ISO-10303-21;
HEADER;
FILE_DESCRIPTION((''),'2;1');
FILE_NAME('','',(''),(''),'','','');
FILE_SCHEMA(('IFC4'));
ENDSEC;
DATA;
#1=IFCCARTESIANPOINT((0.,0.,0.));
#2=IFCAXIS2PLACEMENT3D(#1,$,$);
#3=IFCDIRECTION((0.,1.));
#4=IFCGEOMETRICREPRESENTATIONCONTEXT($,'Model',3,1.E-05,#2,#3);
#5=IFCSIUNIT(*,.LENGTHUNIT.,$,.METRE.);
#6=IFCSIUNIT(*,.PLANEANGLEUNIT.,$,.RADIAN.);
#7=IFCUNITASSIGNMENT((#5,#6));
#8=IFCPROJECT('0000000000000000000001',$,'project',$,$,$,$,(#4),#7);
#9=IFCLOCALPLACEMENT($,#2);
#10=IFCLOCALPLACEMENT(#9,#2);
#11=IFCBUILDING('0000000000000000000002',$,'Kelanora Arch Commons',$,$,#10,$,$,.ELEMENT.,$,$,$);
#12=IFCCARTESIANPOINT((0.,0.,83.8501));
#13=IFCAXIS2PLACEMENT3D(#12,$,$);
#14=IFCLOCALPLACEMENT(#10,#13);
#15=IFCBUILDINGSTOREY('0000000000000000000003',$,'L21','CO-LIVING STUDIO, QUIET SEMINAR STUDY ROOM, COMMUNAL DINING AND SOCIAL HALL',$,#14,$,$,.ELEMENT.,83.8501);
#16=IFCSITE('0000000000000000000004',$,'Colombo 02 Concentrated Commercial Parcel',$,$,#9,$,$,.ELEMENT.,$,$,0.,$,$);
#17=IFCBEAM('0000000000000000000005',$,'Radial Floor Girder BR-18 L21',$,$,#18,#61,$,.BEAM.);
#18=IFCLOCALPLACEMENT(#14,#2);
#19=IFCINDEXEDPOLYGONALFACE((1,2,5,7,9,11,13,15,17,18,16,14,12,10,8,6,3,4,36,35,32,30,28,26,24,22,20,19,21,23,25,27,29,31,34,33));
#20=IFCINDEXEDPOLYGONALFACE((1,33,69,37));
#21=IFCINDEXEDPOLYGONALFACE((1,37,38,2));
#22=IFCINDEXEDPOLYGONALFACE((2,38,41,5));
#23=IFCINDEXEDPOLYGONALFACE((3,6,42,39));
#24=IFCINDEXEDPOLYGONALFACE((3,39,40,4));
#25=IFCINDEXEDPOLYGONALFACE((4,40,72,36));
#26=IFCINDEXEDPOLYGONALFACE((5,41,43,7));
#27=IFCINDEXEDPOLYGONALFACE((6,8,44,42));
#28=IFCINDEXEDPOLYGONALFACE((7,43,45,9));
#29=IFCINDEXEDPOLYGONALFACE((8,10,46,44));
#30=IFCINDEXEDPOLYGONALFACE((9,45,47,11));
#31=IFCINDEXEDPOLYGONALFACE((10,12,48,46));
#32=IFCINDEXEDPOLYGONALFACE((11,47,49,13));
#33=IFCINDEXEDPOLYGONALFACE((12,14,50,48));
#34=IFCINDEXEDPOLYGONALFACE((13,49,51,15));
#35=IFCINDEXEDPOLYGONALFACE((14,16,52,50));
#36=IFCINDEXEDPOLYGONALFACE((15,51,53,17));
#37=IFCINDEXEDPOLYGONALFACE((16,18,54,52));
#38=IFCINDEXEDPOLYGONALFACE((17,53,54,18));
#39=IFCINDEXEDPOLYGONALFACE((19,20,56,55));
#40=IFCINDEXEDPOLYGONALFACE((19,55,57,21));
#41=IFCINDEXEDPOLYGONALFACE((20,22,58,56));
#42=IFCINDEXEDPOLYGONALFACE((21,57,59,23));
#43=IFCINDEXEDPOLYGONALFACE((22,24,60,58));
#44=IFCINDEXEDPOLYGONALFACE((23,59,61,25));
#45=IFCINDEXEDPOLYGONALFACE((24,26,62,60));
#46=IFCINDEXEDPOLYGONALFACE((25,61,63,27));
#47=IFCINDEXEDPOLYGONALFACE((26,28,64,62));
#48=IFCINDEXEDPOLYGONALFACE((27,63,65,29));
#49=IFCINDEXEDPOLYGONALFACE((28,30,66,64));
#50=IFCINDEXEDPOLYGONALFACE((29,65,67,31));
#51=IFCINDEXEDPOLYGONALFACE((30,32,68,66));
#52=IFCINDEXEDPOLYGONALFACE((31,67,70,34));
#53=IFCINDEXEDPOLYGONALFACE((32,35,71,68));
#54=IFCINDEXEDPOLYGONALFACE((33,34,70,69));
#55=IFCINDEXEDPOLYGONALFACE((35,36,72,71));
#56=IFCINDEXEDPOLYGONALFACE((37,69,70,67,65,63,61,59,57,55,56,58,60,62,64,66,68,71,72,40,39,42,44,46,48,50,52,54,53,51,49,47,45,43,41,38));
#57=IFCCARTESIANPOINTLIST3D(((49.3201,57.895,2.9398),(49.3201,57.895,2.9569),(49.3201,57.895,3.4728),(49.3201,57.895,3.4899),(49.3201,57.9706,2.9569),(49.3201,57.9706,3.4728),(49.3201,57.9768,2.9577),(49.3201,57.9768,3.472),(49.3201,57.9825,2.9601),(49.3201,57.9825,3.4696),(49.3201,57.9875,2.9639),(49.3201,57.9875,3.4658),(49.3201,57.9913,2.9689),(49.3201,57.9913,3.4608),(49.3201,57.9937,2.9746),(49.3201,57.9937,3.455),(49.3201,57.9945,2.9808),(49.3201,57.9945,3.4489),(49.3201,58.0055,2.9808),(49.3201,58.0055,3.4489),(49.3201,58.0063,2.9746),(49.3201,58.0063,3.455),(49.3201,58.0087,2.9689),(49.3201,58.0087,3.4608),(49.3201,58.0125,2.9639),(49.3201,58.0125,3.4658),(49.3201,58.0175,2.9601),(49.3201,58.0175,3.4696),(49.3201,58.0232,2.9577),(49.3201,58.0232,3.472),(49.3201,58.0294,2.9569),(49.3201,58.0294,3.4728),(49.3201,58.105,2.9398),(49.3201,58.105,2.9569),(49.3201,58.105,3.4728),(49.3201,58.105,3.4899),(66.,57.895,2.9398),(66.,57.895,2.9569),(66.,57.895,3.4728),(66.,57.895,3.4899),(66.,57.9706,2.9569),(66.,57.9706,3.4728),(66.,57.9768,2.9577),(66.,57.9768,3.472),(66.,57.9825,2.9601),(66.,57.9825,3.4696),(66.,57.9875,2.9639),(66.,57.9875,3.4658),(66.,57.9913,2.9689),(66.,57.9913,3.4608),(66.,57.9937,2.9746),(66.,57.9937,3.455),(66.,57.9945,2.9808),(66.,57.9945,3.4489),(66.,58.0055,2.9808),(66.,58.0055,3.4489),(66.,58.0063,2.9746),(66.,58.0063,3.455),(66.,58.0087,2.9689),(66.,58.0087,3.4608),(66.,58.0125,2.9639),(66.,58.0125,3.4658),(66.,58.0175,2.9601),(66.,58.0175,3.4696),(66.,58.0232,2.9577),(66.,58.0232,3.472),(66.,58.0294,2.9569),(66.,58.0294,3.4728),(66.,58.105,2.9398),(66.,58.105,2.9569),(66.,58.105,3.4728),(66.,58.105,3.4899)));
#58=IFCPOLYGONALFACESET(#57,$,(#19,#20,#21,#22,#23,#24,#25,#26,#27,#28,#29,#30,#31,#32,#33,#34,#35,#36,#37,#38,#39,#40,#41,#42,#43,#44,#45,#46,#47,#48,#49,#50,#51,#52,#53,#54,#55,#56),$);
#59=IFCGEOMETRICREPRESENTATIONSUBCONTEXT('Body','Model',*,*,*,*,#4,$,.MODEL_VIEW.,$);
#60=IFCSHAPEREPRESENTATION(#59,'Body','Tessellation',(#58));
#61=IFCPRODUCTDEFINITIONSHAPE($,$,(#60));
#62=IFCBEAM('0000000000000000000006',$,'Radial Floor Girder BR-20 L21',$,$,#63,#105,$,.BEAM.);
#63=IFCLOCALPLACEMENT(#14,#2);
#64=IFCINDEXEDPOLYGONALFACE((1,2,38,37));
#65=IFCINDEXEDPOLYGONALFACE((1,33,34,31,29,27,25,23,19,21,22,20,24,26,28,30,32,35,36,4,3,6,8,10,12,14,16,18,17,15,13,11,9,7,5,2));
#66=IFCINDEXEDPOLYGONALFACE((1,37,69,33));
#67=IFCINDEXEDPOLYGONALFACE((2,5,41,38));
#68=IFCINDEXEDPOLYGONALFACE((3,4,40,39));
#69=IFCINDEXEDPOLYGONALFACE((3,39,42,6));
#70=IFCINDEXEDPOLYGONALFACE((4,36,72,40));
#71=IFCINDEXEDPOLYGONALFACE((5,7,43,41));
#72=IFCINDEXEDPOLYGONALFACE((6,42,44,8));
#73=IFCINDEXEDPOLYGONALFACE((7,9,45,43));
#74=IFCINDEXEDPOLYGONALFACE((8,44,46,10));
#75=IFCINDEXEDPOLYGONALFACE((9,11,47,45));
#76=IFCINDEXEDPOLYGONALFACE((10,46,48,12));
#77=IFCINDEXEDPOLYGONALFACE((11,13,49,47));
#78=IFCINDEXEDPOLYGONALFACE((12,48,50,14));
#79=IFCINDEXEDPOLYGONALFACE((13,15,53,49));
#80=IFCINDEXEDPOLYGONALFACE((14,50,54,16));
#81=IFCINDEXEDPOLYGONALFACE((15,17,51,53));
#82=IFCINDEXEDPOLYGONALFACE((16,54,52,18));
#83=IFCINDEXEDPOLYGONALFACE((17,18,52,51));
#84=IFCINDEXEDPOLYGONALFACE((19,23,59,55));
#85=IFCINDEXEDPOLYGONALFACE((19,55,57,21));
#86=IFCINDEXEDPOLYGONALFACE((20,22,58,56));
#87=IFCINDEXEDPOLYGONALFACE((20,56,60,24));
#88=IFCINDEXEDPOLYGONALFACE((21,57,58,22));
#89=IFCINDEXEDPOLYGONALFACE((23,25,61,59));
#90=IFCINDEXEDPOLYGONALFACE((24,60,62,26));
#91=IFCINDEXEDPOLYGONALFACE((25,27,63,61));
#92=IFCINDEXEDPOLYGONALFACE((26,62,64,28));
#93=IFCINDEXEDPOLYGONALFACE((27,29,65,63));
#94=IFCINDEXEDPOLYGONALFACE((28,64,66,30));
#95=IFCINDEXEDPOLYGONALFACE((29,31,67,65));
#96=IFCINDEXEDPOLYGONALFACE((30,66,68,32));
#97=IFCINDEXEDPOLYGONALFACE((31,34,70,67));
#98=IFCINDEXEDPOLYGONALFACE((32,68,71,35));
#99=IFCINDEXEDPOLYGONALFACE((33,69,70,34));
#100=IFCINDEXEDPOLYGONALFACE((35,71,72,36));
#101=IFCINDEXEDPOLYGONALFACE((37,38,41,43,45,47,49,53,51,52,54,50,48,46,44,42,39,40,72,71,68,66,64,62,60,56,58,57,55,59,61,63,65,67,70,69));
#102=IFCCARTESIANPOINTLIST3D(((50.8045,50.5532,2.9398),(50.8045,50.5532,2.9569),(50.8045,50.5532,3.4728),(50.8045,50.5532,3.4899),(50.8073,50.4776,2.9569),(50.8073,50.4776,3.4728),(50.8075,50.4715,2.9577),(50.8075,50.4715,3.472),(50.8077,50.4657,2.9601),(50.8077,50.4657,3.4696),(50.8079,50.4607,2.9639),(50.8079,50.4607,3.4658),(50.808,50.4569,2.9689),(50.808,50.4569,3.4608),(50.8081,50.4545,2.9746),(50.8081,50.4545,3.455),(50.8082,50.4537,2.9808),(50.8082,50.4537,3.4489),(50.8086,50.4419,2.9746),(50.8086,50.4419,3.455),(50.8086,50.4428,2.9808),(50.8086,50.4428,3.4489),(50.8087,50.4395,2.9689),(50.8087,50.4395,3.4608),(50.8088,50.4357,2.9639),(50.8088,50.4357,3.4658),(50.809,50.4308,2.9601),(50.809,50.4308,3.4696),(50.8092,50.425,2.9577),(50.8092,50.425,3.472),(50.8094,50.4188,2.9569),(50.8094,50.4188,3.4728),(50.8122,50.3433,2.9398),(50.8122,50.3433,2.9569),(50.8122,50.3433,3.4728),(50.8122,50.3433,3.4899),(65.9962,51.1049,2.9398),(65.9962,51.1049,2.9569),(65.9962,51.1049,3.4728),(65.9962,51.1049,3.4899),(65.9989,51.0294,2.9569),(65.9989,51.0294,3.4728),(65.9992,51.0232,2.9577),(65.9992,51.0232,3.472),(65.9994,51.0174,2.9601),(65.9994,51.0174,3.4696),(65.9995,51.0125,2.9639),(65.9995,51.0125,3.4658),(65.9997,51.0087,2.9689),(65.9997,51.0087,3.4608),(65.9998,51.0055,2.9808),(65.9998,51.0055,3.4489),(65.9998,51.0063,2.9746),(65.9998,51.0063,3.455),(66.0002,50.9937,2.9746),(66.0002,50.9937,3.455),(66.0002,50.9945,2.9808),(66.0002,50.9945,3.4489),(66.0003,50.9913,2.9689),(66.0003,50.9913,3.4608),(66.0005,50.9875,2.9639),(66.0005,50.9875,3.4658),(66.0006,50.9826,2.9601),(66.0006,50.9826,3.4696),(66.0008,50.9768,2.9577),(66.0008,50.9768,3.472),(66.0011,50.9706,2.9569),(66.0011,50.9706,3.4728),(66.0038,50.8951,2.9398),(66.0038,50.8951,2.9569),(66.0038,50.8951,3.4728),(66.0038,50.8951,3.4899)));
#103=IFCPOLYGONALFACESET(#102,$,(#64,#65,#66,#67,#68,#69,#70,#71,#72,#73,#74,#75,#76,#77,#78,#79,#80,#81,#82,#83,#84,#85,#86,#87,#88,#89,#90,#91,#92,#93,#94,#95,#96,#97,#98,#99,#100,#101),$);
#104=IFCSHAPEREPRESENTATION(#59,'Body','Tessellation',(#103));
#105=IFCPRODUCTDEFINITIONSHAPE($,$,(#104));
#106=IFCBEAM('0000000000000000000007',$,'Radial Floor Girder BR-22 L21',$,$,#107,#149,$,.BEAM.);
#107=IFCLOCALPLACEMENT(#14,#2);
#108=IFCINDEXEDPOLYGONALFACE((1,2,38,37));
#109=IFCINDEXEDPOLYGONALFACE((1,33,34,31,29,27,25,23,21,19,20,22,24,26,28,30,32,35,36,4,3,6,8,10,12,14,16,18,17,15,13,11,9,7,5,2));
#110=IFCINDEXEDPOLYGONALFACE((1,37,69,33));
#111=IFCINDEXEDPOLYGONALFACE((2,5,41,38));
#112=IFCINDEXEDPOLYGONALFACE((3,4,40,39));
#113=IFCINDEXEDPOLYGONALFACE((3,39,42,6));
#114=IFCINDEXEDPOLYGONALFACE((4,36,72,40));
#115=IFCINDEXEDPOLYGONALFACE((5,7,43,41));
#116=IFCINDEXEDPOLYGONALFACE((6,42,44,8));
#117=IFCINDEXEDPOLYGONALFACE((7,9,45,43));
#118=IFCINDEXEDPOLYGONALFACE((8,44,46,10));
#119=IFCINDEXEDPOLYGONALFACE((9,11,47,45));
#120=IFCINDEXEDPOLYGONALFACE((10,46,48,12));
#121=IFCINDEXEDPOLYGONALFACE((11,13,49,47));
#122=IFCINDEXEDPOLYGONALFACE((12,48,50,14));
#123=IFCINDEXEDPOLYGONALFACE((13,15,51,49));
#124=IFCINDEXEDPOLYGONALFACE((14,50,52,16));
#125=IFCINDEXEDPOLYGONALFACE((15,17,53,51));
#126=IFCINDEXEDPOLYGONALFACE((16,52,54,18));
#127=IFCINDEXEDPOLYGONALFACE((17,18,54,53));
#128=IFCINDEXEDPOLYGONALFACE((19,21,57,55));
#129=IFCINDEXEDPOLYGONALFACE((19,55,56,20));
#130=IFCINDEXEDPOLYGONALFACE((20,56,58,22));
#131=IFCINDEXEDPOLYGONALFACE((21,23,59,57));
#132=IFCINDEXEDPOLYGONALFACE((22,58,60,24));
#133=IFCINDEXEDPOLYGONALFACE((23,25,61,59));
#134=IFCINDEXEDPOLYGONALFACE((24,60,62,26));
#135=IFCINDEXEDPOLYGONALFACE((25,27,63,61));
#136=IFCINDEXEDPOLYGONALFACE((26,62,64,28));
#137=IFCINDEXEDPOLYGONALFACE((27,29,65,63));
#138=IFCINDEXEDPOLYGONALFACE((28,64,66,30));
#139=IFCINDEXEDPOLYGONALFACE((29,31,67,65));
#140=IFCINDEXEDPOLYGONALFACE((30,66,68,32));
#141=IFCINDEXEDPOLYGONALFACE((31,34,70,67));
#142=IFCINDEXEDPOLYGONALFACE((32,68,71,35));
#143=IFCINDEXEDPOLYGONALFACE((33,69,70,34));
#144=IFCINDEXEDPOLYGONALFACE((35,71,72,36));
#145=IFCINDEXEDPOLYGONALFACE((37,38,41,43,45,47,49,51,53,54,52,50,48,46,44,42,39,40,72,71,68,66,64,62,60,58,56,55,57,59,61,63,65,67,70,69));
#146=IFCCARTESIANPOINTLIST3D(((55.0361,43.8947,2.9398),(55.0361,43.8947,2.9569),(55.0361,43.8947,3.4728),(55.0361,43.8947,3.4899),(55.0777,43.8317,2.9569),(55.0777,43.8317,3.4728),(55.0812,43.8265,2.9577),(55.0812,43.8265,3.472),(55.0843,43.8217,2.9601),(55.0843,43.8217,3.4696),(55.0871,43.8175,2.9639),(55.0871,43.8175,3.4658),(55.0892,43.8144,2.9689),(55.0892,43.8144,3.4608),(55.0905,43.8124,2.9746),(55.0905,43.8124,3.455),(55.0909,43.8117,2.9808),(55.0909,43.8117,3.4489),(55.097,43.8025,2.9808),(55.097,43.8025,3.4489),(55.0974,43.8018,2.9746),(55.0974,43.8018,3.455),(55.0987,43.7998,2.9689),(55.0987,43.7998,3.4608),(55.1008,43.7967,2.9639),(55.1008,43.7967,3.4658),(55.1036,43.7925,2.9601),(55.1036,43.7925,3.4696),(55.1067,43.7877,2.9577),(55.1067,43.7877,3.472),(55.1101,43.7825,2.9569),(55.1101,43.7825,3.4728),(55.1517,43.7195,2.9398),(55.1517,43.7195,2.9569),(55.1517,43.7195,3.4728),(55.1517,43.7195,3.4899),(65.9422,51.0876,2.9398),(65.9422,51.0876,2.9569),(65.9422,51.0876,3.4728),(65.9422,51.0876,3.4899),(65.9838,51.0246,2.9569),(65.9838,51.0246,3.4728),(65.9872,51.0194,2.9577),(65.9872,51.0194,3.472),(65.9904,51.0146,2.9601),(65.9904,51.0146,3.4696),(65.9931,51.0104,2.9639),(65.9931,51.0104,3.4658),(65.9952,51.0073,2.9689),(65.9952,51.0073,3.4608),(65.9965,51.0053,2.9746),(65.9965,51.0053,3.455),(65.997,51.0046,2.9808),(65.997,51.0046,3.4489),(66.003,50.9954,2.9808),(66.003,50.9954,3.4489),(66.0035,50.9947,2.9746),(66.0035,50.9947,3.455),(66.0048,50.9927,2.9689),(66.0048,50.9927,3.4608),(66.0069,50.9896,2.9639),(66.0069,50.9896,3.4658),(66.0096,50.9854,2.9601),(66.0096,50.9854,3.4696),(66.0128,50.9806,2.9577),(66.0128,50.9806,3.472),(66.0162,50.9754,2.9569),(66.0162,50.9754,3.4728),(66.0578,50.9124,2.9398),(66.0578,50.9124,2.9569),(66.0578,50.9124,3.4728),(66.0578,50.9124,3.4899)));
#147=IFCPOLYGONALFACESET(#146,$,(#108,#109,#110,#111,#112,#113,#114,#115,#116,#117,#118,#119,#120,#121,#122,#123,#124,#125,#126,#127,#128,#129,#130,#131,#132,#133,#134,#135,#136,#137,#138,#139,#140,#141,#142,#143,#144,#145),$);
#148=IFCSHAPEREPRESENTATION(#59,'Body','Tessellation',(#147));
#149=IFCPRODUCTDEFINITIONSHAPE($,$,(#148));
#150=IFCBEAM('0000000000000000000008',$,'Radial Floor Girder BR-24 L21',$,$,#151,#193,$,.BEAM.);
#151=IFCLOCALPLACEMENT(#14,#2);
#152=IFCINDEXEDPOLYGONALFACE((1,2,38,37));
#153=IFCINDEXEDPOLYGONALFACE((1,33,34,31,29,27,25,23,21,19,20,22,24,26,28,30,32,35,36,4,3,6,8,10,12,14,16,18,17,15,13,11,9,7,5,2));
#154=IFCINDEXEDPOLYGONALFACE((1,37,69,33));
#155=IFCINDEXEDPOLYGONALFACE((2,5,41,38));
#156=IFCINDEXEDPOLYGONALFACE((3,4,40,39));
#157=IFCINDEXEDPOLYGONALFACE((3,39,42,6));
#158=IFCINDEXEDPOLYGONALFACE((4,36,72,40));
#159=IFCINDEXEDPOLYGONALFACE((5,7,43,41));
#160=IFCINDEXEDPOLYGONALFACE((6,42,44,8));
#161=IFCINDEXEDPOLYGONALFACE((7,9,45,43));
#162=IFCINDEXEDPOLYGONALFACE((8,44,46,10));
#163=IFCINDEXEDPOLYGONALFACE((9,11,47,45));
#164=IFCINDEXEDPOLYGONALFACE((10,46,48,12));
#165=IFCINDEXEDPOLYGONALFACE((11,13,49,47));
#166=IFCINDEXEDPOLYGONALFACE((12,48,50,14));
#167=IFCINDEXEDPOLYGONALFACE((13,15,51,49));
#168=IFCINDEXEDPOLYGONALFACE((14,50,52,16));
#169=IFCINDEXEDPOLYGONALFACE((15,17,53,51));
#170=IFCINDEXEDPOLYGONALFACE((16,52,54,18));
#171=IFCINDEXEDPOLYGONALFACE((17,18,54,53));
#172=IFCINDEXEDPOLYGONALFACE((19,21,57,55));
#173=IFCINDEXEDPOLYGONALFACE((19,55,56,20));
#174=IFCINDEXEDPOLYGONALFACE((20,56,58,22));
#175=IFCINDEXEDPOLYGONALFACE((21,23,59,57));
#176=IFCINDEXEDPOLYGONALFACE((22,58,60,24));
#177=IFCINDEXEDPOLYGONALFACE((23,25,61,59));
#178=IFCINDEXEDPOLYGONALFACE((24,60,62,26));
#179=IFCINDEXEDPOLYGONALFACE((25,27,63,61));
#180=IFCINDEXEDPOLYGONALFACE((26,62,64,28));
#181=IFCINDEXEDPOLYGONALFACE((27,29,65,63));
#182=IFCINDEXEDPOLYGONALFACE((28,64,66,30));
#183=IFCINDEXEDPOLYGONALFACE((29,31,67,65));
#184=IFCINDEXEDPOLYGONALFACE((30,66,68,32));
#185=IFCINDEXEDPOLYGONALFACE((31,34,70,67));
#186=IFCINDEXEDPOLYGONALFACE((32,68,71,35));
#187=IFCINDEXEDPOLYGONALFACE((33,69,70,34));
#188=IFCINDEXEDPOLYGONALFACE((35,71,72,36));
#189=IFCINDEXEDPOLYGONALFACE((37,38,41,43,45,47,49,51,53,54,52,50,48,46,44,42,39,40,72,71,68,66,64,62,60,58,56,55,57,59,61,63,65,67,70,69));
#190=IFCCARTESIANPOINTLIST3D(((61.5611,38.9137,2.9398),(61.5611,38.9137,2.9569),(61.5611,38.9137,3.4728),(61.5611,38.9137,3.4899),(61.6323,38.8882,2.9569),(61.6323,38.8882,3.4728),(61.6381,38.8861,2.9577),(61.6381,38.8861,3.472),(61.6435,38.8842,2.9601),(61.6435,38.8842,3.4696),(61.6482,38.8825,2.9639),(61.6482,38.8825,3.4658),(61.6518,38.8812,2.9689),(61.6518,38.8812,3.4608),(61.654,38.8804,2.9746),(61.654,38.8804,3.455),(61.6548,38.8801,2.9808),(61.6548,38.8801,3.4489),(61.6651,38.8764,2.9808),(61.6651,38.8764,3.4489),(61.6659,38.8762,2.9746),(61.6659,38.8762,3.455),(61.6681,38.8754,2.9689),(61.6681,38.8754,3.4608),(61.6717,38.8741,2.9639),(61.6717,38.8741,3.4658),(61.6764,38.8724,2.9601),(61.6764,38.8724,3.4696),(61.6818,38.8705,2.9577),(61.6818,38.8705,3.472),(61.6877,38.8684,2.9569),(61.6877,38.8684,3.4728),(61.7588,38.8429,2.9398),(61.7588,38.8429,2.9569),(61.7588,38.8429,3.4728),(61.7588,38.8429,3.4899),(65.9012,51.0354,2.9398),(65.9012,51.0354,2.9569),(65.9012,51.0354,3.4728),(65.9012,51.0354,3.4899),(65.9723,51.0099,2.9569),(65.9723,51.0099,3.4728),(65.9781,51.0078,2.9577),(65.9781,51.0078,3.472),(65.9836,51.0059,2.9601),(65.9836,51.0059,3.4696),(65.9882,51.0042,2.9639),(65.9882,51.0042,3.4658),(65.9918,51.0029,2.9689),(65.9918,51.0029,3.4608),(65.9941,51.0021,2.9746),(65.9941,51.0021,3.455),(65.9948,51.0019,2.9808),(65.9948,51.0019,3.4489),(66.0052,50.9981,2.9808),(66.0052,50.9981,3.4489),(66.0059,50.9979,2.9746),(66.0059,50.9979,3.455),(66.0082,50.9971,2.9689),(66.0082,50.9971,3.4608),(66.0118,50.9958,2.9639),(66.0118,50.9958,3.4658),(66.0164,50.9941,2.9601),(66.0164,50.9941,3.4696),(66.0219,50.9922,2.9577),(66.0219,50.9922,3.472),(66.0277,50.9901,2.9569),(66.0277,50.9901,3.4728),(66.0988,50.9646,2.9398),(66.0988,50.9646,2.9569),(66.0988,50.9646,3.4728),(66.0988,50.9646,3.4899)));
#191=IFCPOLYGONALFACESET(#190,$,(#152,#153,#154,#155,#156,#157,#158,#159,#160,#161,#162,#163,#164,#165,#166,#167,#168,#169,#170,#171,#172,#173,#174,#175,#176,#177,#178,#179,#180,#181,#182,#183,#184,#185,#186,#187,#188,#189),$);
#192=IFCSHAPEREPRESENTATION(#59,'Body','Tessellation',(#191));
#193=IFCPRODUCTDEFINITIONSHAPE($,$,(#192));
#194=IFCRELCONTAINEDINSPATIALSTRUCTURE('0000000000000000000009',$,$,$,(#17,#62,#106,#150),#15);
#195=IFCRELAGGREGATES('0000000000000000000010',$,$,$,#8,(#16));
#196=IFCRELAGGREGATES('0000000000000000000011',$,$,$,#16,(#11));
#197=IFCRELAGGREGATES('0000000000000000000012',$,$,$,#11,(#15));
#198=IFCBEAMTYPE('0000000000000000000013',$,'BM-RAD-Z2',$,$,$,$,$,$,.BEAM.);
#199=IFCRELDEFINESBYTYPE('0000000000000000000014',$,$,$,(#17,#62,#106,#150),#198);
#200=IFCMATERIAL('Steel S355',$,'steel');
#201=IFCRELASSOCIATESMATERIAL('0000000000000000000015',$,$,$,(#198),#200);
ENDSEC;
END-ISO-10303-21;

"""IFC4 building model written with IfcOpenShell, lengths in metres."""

from ifc_helpers import new_model, si_unit, direction, frame, origin, origin_2d, place, context, subcontext, project, spatial, i_section, extrude, material, material_profile, profile_set, type_object, element, save


model = new_model("IFC4")

# Units and contexts
model_context = context("Model", 3, precision=1e-05, world=origin(), true_north=direction((0.0, 1.0)))
body_context = subcontext(model_context, "Body", "Model", "MODEL_VIEW")
ifc_project = project(units=[si_unit("LENGTHUNIT", "METRE"), si_unit("PLANEANGLEUNIT", "RADIAN")], contexts=[model_context])

# Site, building, storey
site_placement = place(None, origin())
site = spatial("IfcSite", under=ifc_project, at=site_placement, Name="Colombo 02 Concentrated Commercial Parcel", CompositionType="ELEMENT", RefElevation=0.0)
building_placement = place(site_placement, origin())
building = spatial("IfcBuilding", under=site, at=building_placement, Name="Kelanora Arch Commons", CompositionType="ELEMENT")
storey_placement = place(building_placement, frame((0.0, 0.0, 83.8501)))
storey = spatial("IfcBuildingStorey", under=building, at=storey_placement, Name="L21", Description="CO-LIVING STUDIO, QUIET SEMINAR STUDY ROOM, COMMUNAL DINING AND SOCIAL HALL", CompositionType="ELEMENT", Elevation=83.8501)

# Beams
ifc_material_1 = material(Name="Steel S355", Category="steel")
ifc_material_profile_1 = material_profile(ifc_material_1, i_section(OverallWidth=0.21, OverallDepth=0.55, WebThickness=0.011, FlangeThickness=0.0171, FilletRadius=0.0239, at=origin_2d()), Name="IPE550")
ifc_profile_set_1 = profile_set([ifc_material_profile_1], Name="Steel S355")
beam_type_1 = type_object("IfcBeamType", Name="BM-RAD-Z2", PredefinedType="BEAM", material=ifc_profile_set_1)
beam_1_placement = place(storey_placement, frame((66.0, 58.0, 3.2148), z_axis=(-1.0, 0.0, 0.0), x_axis=(0.0, -1.0, 0.0)))
element("IfcBeam", 1, at=beam_1_placement, inside=storey, type_object=beam_type_1, Name="Radial Floor Girder BR-18 L21", PredefinedType="BEAM", context=body_context, shape_type="SweptSolid", body=[
    extrude(i_section(OverallWidth=0.21, OverallDepth=0.55, WebThickness=0.011, FlangeThickness=0.0171, FilletRadius=0.0239, at=origin_2d()), origin(), (0.0, 0.0, 1.0), 16.6799),
])
beam_2_placement = place(storey_placement, frame((66.0, 51.0, 3.2148), z_axis=(-0.999341, -0.036296, 0.0), x_axis=(0.036296, -0.999341, 0.0)))
element("IfcBeam", 2, at=beam_2_placement, inside=storey, type_object=beam_type_1, Name="Radial Floor Girder BR-20 L21", PredefinedType="BEAM", context=body_context, shape_type="SweptSolid", body=[
    extrude(i_section(OverallWidth=0.21, OverallDepth=0.55, WebThickness=0.011, FlangeThickness=0.0171, FilletRadius=0.0239, at=origin_2d()), origin(), (0.0, 0.0, 1.0), 15.2017),
])
beam_3_placement = place(storey_placement, frame((66.0, 51.0, 3.2148), z_axis=(-0.834789, -0.550571, 0.0), x_axis=(0.550571, -0.834789, 0.0)))
element("IfcBeam", 3, at=beam_3_placement, inside=storey, type_object=beam_type_1, Name="Radial Floor Girder BR-22 L21", PredefinedType="BEAM", context=body_context, shape_type="SweptSolid", body=[
    extrude(i_section(OverallWidth=0.21, OverallDepth=0.55, WebThickness=0.011, FlangeThickness=0.0171, FilletRadius=0.0239, at=origin_2d()), origin(), (0.0, 0.0, 1.0), 13.0645),
])
beam_4_placement = place(storey_placement, frame((66.0, 51.0, 3.2148), z_axis=(-0.337085, -0.941474, 0.0), x_axis=(0.941474, -0.337085, 0.0)))
element("IfcBeam", 4, at=beam_4_placement, inside=storey, type_object=beam_type_1, Name="Radial Floor Girder BR-24 L21", PredefinedType="BEAM", context=body_context, shape_type="SweptSolid", body=[
    extrude(i_section(OverallWidth=0.21, OverallDepth=0.55, WebThickness=0.011, FlangeThickness=0.0171, FilletRadius=0.0239, at=origin_2d()), origin(), (0.0, 0.0, 1.0), 12.8752),
])

save(model, "model.ifc")
